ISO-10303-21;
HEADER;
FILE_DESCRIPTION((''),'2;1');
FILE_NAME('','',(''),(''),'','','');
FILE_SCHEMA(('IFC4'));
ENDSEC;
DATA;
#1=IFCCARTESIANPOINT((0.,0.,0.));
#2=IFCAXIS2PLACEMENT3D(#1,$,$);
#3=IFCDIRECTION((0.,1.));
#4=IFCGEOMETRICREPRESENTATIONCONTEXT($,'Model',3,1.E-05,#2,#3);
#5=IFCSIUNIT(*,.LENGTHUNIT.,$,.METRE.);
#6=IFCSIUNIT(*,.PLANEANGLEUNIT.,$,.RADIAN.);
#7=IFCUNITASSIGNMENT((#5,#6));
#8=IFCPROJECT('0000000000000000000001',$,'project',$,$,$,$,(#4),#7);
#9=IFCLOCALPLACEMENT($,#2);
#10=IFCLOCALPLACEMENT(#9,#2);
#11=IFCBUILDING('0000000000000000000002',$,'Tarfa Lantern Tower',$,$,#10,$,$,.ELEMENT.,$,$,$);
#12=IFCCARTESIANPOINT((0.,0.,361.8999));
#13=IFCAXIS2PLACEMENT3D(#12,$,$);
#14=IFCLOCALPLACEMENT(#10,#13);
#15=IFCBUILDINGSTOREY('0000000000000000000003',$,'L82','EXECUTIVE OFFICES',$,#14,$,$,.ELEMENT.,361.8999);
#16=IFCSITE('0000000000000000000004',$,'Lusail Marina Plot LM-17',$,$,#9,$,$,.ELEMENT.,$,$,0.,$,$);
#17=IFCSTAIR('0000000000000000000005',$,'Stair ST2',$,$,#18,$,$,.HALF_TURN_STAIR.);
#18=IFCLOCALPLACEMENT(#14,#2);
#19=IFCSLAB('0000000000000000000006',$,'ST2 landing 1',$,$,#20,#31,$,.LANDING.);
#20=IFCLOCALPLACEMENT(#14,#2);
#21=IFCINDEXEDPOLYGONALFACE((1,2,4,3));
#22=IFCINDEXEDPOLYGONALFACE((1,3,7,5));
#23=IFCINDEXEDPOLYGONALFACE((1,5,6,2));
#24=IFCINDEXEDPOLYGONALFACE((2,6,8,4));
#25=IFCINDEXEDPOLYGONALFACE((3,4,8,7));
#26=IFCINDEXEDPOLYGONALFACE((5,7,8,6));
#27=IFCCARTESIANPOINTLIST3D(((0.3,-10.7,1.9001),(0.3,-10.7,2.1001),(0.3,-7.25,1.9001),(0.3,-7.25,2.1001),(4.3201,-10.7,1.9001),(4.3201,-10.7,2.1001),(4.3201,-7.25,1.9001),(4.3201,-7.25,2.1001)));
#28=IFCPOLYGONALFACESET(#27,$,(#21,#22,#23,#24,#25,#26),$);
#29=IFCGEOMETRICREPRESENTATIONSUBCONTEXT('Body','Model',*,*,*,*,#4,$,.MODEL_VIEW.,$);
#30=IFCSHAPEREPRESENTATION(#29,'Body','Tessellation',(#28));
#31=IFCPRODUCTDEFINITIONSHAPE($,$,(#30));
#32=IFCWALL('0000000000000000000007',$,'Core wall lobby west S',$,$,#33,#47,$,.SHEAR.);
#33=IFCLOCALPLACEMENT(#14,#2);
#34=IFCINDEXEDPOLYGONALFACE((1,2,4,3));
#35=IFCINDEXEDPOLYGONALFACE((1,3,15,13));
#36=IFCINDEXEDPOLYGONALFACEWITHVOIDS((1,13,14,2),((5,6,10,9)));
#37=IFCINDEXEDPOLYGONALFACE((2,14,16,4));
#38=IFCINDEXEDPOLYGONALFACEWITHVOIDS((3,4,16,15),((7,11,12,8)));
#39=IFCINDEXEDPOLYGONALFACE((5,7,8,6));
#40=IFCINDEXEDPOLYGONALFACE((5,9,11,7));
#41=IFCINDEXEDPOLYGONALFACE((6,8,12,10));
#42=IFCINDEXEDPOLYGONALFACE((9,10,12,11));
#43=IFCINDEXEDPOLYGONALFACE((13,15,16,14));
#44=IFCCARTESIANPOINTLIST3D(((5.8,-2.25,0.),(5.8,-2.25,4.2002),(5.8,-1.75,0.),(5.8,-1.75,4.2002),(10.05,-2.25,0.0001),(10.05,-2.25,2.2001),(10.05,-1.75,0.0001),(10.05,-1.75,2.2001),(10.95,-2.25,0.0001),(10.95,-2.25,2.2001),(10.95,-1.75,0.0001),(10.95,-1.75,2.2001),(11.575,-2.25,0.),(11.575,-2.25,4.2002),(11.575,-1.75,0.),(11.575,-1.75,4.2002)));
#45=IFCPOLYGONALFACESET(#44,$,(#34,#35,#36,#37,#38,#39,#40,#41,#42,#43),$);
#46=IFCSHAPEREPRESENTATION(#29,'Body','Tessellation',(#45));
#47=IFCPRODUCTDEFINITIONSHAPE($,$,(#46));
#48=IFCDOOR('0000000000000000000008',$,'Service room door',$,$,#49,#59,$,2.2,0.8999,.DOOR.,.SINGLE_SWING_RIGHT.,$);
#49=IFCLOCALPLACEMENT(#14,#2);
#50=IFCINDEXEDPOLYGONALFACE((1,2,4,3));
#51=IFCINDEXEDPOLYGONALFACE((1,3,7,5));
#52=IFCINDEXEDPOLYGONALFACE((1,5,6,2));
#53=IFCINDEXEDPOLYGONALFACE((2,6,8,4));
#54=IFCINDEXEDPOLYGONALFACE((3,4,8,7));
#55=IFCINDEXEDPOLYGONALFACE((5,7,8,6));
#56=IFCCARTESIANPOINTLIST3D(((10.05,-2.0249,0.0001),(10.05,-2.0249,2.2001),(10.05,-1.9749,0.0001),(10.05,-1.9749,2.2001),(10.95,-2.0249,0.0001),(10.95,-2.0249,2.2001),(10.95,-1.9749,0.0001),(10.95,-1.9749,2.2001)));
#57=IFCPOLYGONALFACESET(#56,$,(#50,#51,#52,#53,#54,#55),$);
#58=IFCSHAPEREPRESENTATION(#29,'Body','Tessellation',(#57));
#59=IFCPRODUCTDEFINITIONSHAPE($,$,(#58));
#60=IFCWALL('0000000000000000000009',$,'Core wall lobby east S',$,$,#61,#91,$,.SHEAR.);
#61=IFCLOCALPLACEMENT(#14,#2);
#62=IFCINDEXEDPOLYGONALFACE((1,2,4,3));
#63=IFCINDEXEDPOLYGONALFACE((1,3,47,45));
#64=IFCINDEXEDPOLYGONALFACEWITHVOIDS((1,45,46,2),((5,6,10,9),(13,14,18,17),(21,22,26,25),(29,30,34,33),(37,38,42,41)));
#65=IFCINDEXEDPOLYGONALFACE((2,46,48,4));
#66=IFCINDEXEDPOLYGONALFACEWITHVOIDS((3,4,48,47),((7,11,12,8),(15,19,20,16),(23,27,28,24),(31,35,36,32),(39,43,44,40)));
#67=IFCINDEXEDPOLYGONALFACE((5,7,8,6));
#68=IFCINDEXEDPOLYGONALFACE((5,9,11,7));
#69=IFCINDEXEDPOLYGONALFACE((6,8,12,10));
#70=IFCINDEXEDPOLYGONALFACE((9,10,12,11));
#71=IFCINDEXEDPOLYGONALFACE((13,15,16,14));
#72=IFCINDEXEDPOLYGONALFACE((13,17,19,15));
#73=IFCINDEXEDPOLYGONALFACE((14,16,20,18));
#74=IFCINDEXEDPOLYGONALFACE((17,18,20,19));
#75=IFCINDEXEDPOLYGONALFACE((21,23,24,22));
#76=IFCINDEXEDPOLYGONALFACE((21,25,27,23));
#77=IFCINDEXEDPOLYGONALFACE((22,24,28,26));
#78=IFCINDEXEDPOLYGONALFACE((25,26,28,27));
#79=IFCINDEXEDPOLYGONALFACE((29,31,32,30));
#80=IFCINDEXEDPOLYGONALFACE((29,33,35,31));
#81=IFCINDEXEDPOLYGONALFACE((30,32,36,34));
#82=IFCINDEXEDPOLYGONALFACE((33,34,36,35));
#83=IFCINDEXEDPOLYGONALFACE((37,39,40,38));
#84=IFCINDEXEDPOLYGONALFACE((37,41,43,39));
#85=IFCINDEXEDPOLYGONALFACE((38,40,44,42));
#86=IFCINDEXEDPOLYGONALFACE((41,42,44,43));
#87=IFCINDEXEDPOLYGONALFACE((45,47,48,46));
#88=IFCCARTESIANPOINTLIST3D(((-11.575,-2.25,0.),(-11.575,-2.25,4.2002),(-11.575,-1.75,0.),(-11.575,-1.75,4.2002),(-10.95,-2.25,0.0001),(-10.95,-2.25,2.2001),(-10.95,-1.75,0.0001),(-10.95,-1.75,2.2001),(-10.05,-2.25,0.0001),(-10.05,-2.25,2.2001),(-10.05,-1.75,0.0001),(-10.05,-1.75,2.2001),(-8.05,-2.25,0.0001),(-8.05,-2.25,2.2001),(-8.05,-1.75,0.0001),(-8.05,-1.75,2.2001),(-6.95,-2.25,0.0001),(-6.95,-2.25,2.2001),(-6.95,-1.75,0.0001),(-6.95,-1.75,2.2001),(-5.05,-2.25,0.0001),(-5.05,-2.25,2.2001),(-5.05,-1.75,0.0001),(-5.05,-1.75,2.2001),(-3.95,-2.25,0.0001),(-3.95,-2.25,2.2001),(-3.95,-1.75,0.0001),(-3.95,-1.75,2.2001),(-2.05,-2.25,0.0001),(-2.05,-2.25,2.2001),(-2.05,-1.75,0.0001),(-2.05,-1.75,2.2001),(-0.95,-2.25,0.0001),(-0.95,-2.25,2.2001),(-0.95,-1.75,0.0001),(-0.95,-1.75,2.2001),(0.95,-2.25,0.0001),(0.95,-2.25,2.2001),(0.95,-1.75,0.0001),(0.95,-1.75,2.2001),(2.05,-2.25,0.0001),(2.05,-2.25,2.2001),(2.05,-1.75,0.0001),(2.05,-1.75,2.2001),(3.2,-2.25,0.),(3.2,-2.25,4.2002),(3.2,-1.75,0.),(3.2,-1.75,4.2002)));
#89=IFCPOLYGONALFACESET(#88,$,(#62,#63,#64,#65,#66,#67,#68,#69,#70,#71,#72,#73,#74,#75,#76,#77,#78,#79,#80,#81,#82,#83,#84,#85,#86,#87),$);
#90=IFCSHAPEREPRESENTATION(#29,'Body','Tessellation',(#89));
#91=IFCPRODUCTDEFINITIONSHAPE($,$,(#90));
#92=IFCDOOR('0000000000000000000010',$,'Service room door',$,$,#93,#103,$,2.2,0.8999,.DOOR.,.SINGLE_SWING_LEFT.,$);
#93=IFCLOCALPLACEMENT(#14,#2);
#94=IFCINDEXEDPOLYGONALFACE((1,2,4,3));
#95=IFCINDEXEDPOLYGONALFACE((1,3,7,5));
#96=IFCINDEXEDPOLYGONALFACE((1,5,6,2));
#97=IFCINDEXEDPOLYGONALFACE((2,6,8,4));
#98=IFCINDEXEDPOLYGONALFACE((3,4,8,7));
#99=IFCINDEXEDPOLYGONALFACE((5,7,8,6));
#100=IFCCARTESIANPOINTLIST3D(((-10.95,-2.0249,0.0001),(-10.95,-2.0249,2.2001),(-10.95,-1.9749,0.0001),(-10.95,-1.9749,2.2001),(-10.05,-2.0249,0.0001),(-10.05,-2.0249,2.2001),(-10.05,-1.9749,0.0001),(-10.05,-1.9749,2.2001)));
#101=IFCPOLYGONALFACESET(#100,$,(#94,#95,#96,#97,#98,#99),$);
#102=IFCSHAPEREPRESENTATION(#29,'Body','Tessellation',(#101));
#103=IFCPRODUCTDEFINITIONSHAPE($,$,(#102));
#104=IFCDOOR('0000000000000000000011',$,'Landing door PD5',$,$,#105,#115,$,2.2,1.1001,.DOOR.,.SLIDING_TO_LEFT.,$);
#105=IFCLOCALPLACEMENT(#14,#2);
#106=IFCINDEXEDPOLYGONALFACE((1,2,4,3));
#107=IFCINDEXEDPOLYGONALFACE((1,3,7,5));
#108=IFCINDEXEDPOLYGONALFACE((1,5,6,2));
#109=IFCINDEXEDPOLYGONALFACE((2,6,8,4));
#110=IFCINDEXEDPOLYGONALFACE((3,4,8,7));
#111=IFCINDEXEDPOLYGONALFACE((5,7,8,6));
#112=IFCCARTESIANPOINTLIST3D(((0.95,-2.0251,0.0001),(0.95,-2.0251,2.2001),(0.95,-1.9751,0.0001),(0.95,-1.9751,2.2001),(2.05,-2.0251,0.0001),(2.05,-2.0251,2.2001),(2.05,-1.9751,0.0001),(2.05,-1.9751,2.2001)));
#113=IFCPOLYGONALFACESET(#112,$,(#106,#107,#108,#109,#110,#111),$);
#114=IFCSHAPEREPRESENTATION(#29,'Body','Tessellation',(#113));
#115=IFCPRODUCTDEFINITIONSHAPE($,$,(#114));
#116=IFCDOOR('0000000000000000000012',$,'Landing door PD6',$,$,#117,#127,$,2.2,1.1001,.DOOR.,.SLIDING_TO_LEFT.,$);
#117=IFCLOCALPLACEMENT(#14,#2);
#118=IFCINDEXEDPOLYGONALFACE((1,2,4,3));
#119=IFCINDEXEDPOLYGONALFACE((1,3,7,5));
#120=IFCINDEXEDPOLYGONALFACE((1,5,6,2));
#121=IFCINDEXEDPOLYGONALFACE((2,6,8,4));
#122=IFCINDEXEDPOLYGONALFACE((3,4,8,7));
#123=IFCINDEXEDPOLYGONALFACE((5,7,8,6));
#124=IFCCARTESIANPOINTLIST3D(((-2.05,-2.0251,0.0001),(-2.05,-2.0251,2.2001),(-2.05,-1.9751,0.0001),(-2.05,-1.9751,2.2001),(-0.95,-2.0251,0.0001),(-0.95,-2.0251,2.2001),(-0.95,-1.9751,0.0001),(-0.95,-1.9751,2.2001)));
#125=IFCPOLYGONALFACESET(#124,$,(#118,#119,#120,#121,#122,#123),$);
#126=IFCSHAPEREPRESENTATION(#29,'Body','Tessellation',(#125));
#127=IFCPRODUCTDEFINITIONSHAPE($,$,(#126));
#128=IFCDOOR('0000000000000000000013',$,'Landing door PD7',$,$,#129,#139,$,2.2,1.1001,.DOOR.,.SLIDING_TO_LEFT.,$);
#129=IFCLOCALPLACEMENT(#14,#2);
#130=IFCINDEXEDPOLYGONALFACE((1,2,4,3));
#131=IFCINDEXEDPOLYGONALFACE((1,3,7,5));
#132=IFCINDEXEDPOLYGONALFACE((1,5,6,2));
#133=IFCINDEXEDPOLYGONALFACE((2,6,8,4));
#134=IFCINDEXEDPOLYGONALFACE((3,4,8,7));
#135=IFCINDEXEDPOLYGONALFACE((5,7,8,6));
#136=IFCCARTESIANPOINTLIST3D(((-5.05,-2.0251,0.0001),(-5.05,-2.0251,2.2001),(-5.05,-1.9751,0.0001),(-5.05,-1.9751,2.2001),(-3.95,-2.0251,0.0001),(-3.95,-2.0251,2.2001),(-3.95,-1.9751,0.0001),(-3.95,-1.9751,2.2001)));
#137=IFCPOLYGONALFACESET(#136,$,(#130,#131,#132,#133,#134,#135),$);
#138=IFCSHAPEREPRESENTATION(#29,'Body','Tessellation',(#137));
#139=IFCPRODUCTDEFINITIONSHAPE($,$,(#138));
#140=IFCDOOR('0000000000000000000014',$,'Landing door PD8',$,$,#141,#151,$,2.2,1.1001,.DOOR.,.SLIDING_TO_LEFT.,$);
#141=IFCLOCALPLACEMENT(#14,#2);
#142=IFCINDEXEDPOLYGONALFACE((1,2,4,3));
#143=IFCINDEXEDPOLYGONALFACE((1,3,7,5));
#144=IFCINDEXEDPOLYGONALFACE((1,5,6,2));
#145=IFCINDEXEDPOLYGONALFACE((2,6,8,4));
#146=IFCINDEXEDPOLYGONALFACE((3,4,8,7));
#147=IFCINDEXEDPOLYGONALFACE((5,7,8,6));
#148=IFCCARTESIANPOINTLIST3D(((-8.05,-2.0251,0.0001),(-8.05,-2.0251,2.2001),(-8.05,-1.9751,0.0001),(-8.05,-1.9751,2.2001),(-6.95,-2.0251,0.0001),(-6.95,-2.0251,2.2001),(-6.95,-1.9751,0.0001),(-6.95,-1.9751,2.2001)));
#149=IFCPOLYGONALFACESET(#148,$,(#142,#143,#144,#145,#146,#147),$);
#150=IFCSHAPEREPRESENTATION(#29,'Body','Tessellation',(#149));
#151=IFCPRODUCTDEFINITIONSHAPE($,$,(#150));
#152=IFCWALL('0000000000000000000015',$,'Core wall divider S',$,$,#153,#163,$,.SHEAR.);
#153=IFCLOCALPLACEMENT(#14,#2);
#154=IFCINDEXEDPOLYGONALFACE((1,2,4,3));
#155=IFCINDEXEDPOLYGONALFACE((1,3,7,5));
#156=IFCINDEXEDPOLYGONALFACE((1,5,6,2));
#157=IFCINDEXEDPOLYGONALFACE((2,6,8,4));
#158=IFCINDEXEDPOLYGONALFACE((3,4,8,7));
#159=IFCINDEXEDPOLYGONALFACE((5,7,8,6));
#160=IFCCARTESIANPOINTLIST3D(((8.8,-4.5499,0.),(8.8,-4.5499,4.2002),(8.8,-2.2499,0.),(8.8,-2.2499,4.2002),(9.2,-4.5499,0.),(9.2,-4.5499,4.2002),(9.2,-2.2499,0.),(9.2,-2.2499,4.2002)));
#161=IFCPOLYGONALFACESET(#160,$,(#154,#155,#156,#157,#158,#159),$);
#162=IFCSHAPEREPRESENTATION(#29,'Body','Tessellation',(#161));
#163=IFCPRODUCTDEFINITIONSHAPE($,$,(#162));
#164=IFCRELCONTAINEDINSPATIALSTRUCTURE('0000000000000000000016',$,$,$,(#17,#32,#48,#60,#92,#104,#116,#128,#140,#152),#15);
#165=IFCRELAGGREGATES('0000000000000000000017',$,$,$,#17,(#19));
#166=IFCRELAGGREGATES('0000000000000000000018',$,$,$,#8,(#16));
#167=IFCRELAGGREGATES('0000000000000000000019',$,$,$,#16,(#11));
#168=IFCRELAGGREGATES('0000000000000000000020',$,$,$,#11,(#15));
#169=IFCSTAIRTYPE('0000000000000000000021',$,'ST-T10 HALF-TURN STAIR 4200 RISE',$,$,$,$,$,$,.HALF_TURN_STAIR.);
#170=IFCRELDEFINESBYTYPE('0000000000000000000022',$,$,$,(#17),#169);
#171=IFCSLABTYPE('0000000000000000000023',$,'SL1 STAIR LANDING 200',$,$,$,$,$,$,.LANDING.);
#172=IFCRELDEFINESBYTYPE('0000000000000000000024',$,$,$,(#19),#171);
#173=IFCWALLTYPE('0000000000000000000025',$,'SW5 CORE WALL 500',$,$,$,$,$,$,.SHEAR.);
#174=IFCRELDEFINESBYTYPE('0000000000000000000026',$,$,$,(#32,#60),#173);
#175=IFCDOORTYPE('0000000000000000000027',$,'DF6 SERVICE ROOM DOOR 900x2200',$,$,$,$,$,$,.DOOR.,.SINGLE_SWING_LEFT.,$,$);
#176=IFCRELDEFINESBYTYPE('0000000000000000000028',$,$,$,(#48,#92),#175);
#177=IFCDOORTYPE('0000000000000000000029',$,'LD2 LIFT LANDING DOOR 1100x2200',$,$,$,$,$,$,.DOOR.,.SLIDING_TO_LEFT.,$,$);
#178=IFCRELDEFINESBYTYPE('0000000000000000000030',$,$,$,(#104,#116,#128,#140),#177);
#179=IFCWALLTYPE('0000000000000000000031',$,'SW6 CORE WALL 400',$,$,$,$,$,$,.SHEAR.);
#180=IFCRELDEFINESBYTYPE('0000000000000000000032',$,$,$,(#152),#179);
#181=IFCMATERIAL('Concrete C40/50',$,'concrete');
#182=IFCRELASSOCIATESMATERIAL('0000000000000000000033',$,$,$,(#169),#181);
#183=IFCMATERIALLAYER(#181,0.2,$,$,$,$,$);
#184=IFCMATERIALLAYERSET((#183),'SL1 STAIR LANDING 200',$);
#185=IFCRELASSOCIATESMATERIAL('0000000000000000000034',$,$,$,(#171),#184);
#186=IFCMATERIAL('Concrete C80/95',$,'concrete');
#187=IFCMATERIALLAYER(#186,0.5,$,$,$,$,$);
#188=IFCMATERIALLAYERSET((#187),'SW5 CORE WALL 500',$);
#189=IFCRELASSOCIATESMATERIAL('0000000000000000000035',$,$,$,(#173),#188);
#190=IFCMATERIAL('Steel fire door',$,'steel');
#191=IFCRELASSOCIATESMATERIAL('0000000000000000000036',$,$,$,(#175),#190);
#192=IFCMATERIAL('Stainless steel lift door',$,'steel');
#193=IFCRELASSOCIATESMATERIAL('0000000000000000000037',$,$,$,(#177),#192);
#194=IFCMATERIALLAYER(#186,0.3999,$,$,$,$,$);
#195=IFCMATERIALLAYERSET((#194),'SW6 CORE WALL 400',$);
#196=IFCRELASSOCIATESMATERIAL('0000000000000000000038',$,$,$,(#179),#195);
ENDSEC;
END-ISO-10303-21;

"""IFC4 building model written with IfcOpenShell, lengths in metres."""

from ifc_helpers import new_model, si_unit, direction, frame, frame_2d, origin, place, context, subcontext, project, spatial, polyline, rectangle, outline, extrude, material, layer, layer_set, type_object, element, fill, aggregate, save


model = new_model("IFC4")

# Units and contexts
model_context = context("Model", 3, precision=1e-05, world=origin(), true_north=direction((0.0, 1.0)))
body_context = subcontext(model_context, "Body", "Model", "MODEL_VIEW")
ifc_project = project(units=[si_unit("LENGTHUNIT", "METRE"), si_unit("PLANEANGLEUNIT", "RADIAN")], contexts=[model_context])

# Site, building, storey
site_placement = place(None, origin())
site = spatial("IfcSite", under=ifc_project, at=site_placement, Name="Lusail Marina Plot LM-17", CompositionType="ELEMENT", RefElevation=0.0)
building_placement = place(site_placement, origin())
building = spatial("IfcBuilding", under=site, at=building_placement, Name="Tarfa Lantern Tower", CompositionType="ELEMENT")
storey_placement = place(building_placement, frame((0.0, 0.0, 361.8999)))
storey = spatial("IfcBuildingStorey", under=building, at=storey_placement, Name="L82", Description="EXECUTIVE OFFICES", CompositionType="ELEMENT", Elevation=361.8999)

# Stair, slab
ifc_material_1 = material(Name="Concrete C40/50", Category="concrete")
stair_type = type_object("IfcStairType", Name="ST-T10 HALF-TURN STAIR 4200 RISE", PredefinedType="HALF_TURN_STAIR", material=ifc_material_1)
stair_placement = place(storey_placement, origin())
stair = element("IfcStair", 1, at=stair_placement, inside=storey, type_object=stair_type, Name="Stair ST2", PredefinedType="HALF_TURN_STAIR")
ifc_layer_1 = layer(ifc_material_1, 0.2)
ifc_layer_set_1 = layer_set([ifc_layer_1], Name="SL1 STAIR LANDING 200")
slab_type = type_object("IfcSlabType", Name="SL1 STAIR LANDING 200", PredefinedType="LANDING", material=ifc_layer_set_1)
slab_placement = place(storey_placement, frame((0.0, 0.0, 1.9001)))
slab = element("IfcSlab", 2, at=slab_placement, type_object=slab_type, Name="ST2 landing 1", PredefinedType="LANDING", context=body_context, shape_type="SweptSolid", body=[
    extrude(outline(polyline([(4.3201, -7.25), (0.3, -7.25), (0.3, -10.7), (4.3201, -10.7), (4.3201, -7.25)])), origin(), (0.0, 0.0, 1.0), 0.2),
])
aggregate(stair, [slab])

# Wall, opening, door
ifc_material_2 = material(Name="Concrete C80/95", Category="concrete")
ifc_layer_2 = layer(ifc_material_2, 0.5)
ifc_layer_set_2 = layer_set([ifc_layer_2], Name="SW5 CORE WALL 500")
wall_type_1 = type_object("IfcWallType", Name="SW5 CORE WALL 500", PredefinedType="SHEAR", material=ifc_layer_set_2)
wall_1_placement = place(storey_placement, frame((11.575, -2.0, 0.0), z_axis=(0.0, 0.0, 1.0), x_axis=(-1.0, 0.0, 0.0)))
wall_1 = element("IfcWall", 3, at=wall_1_placement, inside=storey, type_object=wall_type_1, Name="Core wall lobby west S", PredefinedType="SHEAR", context=body_context, shape_type="SweptSolid", body=[
    extrude(rectangle(XDim=5.7749, YDim=0.5, at=frame_2d((2.8875, 0.0))), origin(), (0.0, 0.0, 1.0), 4.2002),
])
opening_1_placement = place(wall_1_placement, frame((0.625, 0.0, 0.0)))
opening_1 = element("IfcOpeningElement", 4, at=opening_1_placement, cuts=wall_1, PredefinedType="OPENING", context=body_context, shape_type="SweptSolid", body=[
    extrude(rectangle(XDim=0.8999, YDim=2.2, at=frame_2d((0.45, 1.1001))), frame((0.0, 0.26, 0.0), z_axis=(0.0, -1.0, 0.0), x_axis=(1.0, 0.0, 0.0)), (0.0, 0.0, 1.0), 0.52),
])
ifc_material_3 = material(Name="Steel fire door", Category="steel")
door_type_1 = type_object("IfcDoorType", Name="DF6 SERVICE ROOM DOOR 900x2200", OperationType="SINGLE_SWING_LEFT", PredefinedType="DOOR", material=ifc_material_3)
door_1_placement = place(opening_1_placement, origin())
door_1 = element("IfcDoor", 5, at=door_1_placement, inside=storey, type_object=door_type_1, Name="Service room door", OperationType="SINGLE_SWING_RIGHT", OverallHeight=2.2, OverallWidth=0.8999, PredefinedType="DOOR", context=body_context, shape_type="SweptSolid", body=[
    extrude(rectangle(XDim=0.8999, YDim=2.2, at=frame_2d((0.45, 1.1001))), frame((0.0, 0.0249, 0.0), z_axis=(0.0, -1.0, 0.0), x_axis=(1.0, 0.0, 0.0)), (0.0, 0.0, 1.0), 0.05),
])
fill(opening_1, door_1)

# Wall, openings, doors
wall_2_placement = place(storey_placement, frame((3.2, -2.0, 0.0), z_axis=(0.0, 0.0, 1.0), x_axis=(-1.0, 0.0, 0.0)))
wall_2 = element("IfcWall", 6, at=wall_2_placement, inside=storey, type_object=wall_type_1, Name="Core wall lobby east S", PredefinedType="SHEAR", context=body_context, shape_type="SweptSolid", body=[
    extrude(rectangle(XDim=14.7749, YDim=0.5, at=frame_2d((7.3875, 0.0))), origin(), (0.0, 0.0, 1.0), 4.2002),
])
opening_2_placement = place(wall_2_placement, frame((13.25, 0.0, 0.0)))
opening_2 = element("IfcOpeningElement", 7, at=opening_2_placement, cuts=wall_2, PredefinedType="OPENING", context=body_context, shape_type="SweptSolid", body=[
    extrude(rectangle(XDim=0.8999, YDim=2.2, at=frame_2d((0.45, 1.1001))), frame((0.0, 0.26, 0.0), z_axis=(0.0, -1.0, 0.0), x_axis=(1.0, 0.0, 0.0)), (0.0, 0.0, 1.0), 0.52),
])
opening_3_placement = place(wall_2_placement, frame((1.1499, 0.0, 0.0)))
opening_3 = element("IfcOpeningElement", 8, at=opening_3_placement, cuts=wall_2, PredefinedType="OPENING", context=body_context, shape_type="SweptSolid", body=[
    extrude(rectangle(XDim=1.1001, YDim=2.2, at=frame_2d((0.55, 1.1001))), frame((0.0, 0.26, 0.0), z_axis=(0.0, -1.0, 0.0), x_axis=(1.0, 0.0, 0.0)), (0.0, 0.0, 1.0), 0.52),
])
opening_4_placement = place(wall_2_placement, frame((4.1499, 0.0, 0.0)))
opening_4 = element("IfcOpeningElement", 9, at=opening_4_placement, cuts=wall_2, PredefinedType="OPENING", context=body_context, shape_type="SweptSolid", body=[
    extrude(rectangle(XDim=1.1001, YDim=2.2, at=frame_2d((0.55, 1.1001))), frame((0.0, 0.26, 0.0), z_axis=(0.0, -1.0, 0.0), x_axis=(1.0, 0.0, 0.0)), (0.0, 0.0, 1.0), 0.52),
])
opening_5_placement = place(wall_2_placement, frame((7.1499, 0.0, 0.0)))
opening_5 = element("IfcOpeningElement", 10, at=opening_5_placement, cuts=wall_2, PredefinedType="OPENING", context=body_context, shape_type="SweptSolid", body=[
    extrude(rectangle(XDim=1.1001, YDim=2.2, at=frame_2d((0.55, 1.1001))), frame((0.0, 0.26, 0.0), z_axis=(0.0, -1.0, 0.0), x_axis=(1.0, 0.0, 0.0)), (0.0, 0.0, 1.0), 0.52),
])
opening_6_placement = place(wall_2_placement, frame((10.1499, 0.0, 0.0)))
opening_6 = element("IfcOpeningElement", 11, at=opening_6_placement, cuts=wall_2, PredefinedType="OPENING", context=body_context, shape_type="SweptSolid", body=[
    extrude(rectangle(XDim=1.1001, YDim=2.2, at=frame_2d((0.55, 1.1001))), frame((0.0, 0.26, 0.0), z_axis=(0.0, -1.0, 0.0), x_axis=(1.0, 0.0, 0.0)), (0.0, 0.0, 1.0), 0.52),
])
door_2_placement = place(opening_2_placement, origin())
door_2 = element("IfcDoor", 12, at=door_2_placement, inside=storey, type_object=door_type_1, Name="Service room door", OperationType="SINGLE_SWING_LEFT", OverallHeight=2.2, OverallWidth=0.8999, PredefinedType="DOOR", context=body_context, shape_type="SweptSolid", body=[
    extrude(rectangle(XDim=0.8999, YDim=2.2, at=frame_2d((0.45, 1.1001))), frame((0.0, 0.0249, 0.0), z_axis=(0.0, -1.0, 0.0), x_axis=(1.0, 0.0, 0.0)), (0.0, 0.0, 1.0), 0.05),
])
fill(opening_2, door_2)
ifc_material_4 = material(Name="Stainless steel lift door", Category="steel")
door_type_2 = type_object("IfcDoorType", Name="LD2 LIFT LANDING DOOR 1100x2200", OperationType="SLIDING_TO_LEFT", PredefinedType="DOOR", material=ifc_material_4)
door_3_placement = place(opening_3_placement, frame((1.1001, 0.0, 0.0), z_axis=(0.0, 0.0, 1.0), x_axis=(-1.0, 0.0, 0.0)))
door_3 = element("IfcDoor", 13, at=door_3_placement, inside=storey, type_object=door_type_2, Name="Landing door PD5", OperationType="SLIDING_TO_LEFT", OverallHeight=2.2, OverallWidth=1.1001, PredefinedType="DOOR", context=body_context, shape_type="SweptSolid", body=[
    extrude(rectangle(XDim=1.1001, YDim=2.2, at=frame_2d((0.55, 1.1001))), frame((0.0, 0.0249, 0.0), z_axis=(0.0, -1.0, 0.0), x_axis=(1.0, 0.0, 0.0)), (0.0, 0.0, 1.0), 0.05),
])
fill(opening_3, door_3)
door_4_placement = place(opening_4_placement, frame((1.1001, 0.0, 0.0), z_axis=(0.0, 0.0, 1.0), x_axis=(-1.0, 0.0, 0.0)))
door_4 = element("IfcDoor", 14, at=door_4_placement, inside=storey, type_object=door_type_2, Name="Landing door PD6", OperationType="SLIDING_TO_LEFT", OverallHeight=2.2, OverallWidth=1.1001, PredefinedType="DOOR", context=body_context, shape_type="SweptSolid", body=[
    extrude(rectangle(XDim=1.1001, YDim=2.2, at=frame_2d((0.55, 1.1001))), frame((0.0, 0.0249, 0.0), z_axis=(0.0, -1.0, 0.0), x_axis=(1.0, 0.0, 0.0)), (0.0, 0.0, 1.0), 0.05),
])
fill(opening_4, door_4)
door_5_placement = place(opening_5_placement, frame((1.1001, 0.0, 0.0), z_axis=(0.0, 0.0, 1.0), x_axis=(-1.0, 0.0, 0.0)))
door_5 = element("IfcDoor", 15, at=door_5_placement, inside=storey, type_object=door_type_2, Name="Landing door PD7", OperationType="SLIDING_TO_LEFT", OverallHeight=2.2, OverallWidth=1.1001, PredefinedType="DOOR", context=body_context, shape_type="SweptSolid", body=[
    extrude(rectangle(XDim=1.1001, YDim=2.2, at=frame_2d((0.55, 1.1001))), frame((0.0, 0.0249, 0.0), z_axis=(0.0, -1.0, 0.0), x_axis=(1.0, 0.0, 0.0)), (0.0, 0.0, 1.0), 0.05),
])
fill(opening_5, door_5)
door_6_placement = place(opening_6_placement, frame((1.1001, 0.0, 0.0), z_axis=(0.0, 0.0, 1.0), x_axis=(-1.0, 0.0, 0.0)))
door_6 = element("IfcDoor", 16, at=door_6_placement, inside=storey, type_object=door_type_2, Name="Landing door PD8", OperationType="SLIDING_TO_LEFT", OverallHeight=2.2, OverallWidth=1.1001, PredefinedType="DOOR", context=body_context, shape_type="SweptSolid", body=[
    extrude(rectangle(XDim=1.1001, YDim=2.2, at=frame_2d((0.55, 1.1001))), frame((0.0, 0.0249, 0.0), z_axis=(0.0, -1.0, 0.0), x_axis=(1.0, 0.0, 0.0)), (0.0, 0.0, 1.0), 0.05),
])
fill(opening_6, door_6)

# Wall
ifc_layer_3 = layer(ifc_material_2, 0.3999)
ifc_layer_set_3 = layer_set([ifc_layer_3], Name="SW6 CORE WALL 400")
wall_type_2 = type_object("IfcWallType", Name="SW6 CORE WALL 400", PredefinedType="SHEAR", material=ifc_layer_set_3)
for number, where, z_axis, x_axis, name in (
    (17, (9.0, -2.25, 0.0), (0.0, 0.0, 1.0), (0.0, -1.0, 0.0), "Core wall divider S"),
):
    element("IfcWall", number, at=place(storey_placement, frame(where, z_axis=z_axis, x_axis=x_axis)), inside=storey, type_object=wall_type_2, Name=name, PredefinedType="SHEAR", context=body_context, shape_type="SweptSolid", body=[
        extrude(rectangle(XDim=2.3, YDim=0.3999, at=frame_2d((1.1499, 0.0))), origin(), (0.0, 0.0, 1.0), 4.2002),
    ])

save(model, "model.ifc")
